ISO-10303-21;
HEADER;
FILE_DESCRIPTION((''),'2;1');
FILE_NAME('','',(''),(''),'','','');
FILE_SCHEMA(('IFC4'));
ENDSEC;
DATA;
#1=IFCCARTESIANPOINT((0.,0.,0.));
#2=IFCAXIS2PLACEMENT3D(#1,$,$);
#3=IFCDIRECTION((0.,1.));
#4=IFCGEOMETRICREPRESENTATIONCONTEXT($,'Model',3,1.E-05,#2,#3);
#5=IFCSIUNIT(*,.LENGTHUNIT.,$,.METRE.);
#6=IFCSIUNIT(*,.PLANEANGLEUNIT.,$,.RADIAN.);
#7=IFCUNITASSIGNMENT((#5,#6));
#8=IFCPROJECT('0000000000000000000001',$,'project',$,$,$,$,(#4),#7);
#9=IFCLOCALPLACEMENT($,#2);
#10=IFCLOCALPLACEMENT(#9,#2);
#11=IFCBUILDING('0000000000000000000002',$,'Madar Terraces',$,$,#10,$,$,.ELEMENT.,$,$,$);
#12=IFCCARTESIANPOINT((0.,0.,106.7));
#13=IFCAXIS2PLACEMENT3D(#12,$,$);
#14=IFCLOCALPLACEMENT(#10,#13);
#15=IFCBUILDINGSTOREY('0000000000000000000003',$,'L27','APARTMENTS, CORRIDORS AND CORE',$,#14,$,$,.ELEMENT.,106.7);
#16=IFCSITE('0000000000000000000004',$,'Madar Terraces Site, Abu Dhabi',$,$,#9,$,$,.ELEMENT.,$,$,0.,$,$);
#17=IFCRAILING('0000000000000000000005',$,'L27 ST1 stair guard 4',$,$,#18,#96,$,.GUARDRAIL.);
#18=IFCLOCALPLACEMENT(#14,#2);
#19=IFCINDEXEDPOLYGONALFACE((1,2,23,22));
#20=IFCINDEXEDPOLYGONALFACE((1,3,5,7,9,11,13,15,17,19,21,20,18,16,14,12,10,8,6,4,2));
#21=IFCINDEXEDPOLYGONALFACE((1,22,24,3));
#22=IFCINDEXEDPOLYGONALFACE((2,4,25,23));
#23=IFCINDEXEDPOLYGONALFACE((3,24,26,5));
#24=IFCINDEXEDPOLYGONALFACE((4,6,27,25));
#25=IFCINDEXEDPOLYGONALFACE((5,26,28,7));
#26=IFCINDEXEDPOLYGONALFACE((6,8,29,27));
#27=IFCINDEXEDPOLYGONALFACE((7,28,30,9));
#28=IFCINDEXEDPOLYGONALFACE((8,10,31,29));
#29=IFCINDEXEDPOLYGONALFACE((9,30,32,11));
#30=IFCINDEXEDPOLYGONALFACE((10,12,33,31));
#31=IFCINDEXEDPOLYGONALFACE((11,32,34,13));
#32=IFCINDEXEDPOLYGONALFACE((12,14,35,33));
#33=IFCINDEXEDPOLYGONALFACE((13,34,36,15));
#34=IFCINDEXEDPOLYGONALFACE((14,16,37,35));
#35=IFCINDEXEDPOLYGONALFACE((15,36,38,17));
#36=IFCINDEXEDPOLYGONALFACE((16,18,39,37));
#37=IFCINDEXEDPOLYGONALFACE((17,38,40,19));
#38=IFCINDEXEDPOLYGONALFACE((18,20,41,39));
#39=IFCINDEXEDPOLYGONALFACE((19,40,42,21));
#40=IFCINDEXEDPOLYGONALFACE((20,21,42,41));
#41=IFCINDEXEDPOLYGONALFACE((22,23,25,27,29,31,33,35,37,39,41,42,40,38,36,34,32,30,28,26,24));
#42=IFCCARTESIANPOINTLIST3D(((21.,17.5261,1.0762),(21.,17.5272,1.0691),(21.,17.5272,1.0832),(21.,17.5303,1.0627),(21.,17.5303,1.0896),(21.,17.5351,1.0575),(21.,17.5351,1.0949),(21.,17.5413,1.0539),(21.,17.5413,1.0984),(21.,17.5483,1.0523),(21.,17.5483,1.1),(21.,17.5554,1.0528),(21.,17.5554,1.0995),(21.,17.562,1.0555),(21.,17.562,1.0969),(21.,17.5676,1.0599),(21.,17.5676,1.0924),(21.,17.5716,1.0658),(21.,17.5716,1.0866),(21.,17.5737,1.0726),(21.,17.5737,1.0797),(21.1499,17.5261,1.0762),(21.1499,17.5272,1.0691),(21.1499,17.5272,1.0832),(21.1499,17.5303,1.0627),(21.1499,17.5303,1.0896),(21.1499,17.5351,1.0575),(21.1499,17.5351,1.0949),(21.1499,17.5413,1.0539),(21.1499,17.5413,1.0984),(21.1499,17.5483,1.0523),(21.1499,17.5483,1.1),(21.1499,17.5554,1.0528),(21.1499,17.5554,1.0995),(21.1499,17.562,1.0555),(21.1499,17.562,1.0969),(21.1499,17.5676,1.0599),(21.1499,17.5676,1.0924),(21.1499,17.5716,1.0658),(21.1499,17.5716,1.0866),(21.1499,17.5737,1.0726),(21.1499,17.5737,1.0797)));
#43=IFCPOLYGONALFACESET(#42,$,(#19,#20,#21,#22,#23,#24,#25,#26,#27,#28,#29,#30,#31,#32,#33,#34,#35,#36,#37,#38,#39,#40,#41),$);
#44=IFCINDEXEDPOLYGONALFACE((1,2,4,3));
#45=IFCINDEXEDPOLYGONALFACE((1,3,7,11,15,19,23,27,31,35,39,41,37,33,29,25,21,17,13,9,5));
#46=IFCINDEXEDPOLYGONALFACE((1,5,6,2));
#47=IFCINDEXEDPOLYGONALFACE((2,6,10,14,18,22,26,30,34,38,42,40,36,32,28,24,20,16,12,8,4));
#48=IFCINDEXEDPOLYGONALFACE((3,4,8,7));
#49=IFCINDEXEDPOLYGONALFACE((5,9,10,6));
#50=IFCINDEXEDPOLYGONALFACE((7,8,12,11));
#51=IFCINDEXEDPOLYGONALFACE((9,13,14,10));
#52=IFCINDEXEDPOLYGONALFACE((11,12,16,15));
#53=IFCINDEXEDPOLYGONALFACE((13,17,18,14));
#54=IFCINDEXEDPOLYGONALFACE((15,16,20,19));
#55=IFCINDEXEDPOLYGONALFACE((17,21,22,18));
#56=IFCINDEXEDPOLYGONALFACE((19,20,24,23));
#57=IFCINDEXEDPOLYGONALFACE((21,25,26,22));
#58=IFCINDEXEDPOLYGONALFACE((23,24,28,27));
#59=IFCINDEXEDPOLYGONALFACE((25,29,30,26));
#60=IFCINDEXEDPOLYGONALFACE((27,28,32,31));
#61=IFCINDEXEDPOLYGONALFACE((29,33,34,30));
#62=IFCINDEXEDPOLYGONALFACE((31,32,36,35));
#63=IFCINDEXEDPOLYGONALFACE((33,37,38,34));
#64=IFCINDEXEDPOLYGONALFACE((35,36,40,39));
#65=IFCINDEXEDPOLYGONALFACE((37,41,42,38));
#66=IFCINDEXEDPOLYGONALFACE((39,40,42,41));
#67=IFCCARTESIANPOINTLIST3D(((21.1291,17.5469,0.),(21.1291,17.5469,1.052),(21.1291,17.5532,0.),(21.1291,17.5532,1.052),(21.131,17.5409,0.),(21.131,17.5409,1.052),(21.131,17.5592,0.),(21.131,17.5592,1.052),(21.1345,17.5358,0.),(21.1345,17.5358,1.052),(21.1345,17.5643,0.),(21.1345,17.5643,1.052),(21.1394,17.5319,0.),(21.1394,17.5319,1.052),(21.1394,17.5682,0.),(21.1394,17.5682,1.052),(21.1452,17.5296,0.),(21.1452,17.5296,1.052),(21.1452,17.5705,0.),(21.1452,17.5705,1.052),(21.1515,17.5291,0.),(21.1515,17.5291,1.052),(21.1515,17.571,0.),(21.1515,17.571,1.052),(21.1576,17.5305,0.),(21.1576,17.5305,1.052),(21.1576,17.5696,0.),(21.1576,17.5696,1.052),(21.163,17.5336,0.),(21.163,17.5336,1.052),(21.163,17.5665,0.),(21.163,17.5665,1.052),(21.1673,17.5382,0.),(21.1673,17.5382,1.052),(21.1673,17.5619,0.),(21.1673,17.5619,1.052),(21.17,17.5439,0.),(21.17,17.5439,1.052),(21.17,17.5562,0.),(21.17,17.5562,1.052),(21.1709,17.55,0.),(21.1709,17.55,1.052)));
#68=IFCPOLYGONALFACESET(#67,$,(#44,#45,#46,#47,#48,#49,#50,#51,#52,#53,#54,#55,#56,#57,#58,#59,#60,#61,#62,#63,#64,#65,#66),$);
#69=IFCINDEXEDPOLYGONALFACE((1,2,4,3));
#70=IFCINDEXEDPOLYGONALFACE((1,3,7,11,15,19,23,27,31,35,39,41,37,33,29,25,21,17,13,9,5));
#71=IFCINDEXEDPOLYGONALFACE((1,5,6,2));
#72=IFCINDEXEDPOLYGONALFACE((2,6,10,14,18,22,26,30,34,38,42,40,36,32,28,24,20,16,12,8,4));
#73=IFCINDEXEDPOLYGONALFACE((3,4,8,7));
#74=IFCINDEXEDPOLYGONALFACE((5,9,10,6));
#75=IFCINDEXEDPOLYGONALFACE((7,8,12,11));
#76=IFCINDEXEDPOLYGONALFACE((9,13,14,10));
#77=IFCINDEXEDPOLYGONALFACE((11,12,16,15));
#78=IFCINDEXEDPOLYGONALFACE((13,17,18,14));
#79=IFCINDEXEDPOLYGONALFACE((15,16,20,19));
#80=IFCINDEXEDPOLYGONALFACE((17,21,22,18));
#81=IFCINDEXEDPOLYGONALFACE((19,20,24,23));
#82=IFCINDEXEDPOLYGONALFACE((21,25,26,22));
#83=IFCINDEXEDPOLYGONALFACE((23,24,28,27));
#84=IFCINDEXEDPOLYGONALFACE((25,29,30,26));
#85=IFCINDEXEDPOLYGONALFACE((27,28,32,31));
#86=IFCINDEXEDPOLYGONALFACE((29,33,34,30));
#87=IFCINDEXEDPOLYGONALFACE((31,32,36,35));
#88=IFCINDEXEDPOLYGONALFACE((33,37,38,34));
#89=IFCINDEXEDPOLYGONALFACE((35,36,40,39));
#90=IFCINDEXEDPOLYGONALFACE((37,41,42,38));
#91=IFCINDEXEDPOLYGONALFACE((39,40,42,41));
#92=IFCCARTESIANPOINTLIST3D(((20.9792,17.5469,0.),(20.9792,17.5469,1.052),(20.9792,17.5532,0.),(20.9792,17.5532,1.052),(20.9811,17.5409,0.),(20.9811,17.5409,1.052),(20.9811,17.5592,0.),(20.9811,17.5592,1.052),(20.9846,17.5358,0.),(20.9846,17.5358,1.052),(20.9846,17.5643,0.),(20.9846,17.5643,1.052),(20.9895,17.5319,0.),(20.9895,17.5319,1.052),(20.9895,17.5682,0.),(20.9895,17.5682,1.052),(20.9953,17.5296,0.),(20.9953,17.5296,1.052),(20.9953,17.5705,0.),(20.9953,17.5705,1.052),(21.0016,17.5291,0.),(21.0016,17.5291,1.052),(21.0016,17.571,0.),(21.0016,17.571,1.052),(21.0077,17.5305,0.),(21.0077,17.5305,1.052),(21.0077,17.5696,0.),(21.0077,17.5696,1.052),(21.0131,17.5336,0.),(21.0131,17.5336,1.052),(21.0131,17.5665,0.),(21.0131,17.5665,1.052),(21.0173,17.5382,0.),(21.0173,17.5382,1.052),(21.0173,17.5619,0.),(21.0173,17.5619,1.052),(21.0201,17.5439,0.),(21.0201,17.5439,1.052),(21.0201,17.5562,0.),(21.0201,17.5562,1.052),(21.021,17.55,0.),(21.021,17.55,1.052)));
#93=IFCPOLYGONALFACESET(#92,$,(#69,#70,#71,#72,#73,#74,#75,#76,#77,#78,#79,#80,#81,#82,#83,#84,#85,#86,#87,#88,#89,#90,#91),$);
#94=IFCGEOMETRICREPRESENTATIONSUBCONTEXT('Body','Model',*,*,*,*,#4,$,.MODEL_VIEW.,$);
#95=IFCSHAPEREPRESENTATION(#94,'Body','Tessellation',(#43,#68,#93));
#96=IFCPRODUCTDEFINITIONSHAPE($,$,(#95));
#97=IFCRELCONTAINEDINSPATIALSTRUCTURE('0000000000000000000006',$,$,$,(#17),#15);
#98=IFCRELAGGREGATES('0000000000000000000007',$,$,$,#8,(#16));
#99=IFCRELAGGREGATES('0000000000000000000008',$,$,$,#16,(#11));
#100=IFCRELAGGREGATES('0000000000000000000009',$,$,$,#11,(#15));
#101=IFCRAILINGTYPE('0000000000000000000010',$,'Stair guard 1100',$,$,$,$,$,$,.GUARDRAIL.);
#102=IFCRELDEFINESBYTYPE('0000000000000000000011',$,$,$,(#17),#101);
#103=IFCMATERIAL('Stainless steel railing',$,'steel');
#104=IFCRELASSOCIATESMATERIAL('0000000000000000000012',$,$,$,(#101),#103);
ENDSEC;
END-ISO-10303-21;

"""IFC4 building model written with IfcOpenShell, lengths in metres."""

from ifc_helpers import new_model, si_unit, direction, frame, origin, origin_2d, place, context, subcontext, project, spatial, circle, extrude, material, type_object, element, save


model = new_model("IFC4")

# Units and contexts
model_context = context("Model", 3, precision=1e-05, world=origin(), true_north=direction((0.0, 1.0)))
body_context = subcontext(model_context, "Body", "Model", "MODEL_VIEW")
ifc_project = project(units=[si_unit("LENGTHUNIT", "METRE"), si_unit("PLANEANGLEUNIT", "RADIAN")], contexts=[model_context])

# Site, building, storey
site_placement = place(None, origin())
site = spatial("IfcSite", under=ifc_project, at=site_placement, Name="Madar Terraces Site, Abu Dhabi", CompositionType="ELEMENT", RefElevation=0.0)
building_placement = place(site_placement, origin())
building = spatial("IfcBuilding", under=site, at=building_placement, Name="Madar Terraces", CompositionType="ELEMENT")
storey_placement = place(building_placement, frame((0.0, 0.0, 106.7)))
storey = spatial("IfcBuildingStorey", under=building, at=storey_placement, Name="L27", Description="APARTMENTS, CORRIDORS AND CORE", CompositionType="ELEMENT", Elevation=106.7)

# Railing
ifc_material_1 = material(Name="Stainless steel railing", Category="steel")
railing_type_1 = type_object("IfcRailingType", Name="Stair guard 1100", PredefinedType="GUARDRAIL", material=ifc_material_1)
railing_1_placement = place(storey_placement, frame((21.1499, 17.55, 0.0)))
element("IfcRailing", 1, at=railing_1_placement, inside=storey, type_object=railing_type_1, Name="L27 ST1 stair guard 4", PredefinedType="GUARDRAIL", context=body_context, shape_type="SweptSolid", body=[
    extrude(circle(Radius=0.0239, at=origin_2d()), frame((0.0, 0.0, 1.0762), z_axis=(-1.0, 0.0, 0.0), x_axis=(0.0, -1.0, 0.0)), (0.0, 0.0, 1.0), 0.1499),
    extrude(circle(Radius=0.021, at=origin_2d()), origin(), (0.0, 0.0, 1.0), 1.052),
    extrude(circle(Radius=0.021, at=origin_2d()), frame((-0.1499, 0.0, 0.0)), (0.0, 0.0, 1.0), 1.052),
])

save(model, "model.ifc")
